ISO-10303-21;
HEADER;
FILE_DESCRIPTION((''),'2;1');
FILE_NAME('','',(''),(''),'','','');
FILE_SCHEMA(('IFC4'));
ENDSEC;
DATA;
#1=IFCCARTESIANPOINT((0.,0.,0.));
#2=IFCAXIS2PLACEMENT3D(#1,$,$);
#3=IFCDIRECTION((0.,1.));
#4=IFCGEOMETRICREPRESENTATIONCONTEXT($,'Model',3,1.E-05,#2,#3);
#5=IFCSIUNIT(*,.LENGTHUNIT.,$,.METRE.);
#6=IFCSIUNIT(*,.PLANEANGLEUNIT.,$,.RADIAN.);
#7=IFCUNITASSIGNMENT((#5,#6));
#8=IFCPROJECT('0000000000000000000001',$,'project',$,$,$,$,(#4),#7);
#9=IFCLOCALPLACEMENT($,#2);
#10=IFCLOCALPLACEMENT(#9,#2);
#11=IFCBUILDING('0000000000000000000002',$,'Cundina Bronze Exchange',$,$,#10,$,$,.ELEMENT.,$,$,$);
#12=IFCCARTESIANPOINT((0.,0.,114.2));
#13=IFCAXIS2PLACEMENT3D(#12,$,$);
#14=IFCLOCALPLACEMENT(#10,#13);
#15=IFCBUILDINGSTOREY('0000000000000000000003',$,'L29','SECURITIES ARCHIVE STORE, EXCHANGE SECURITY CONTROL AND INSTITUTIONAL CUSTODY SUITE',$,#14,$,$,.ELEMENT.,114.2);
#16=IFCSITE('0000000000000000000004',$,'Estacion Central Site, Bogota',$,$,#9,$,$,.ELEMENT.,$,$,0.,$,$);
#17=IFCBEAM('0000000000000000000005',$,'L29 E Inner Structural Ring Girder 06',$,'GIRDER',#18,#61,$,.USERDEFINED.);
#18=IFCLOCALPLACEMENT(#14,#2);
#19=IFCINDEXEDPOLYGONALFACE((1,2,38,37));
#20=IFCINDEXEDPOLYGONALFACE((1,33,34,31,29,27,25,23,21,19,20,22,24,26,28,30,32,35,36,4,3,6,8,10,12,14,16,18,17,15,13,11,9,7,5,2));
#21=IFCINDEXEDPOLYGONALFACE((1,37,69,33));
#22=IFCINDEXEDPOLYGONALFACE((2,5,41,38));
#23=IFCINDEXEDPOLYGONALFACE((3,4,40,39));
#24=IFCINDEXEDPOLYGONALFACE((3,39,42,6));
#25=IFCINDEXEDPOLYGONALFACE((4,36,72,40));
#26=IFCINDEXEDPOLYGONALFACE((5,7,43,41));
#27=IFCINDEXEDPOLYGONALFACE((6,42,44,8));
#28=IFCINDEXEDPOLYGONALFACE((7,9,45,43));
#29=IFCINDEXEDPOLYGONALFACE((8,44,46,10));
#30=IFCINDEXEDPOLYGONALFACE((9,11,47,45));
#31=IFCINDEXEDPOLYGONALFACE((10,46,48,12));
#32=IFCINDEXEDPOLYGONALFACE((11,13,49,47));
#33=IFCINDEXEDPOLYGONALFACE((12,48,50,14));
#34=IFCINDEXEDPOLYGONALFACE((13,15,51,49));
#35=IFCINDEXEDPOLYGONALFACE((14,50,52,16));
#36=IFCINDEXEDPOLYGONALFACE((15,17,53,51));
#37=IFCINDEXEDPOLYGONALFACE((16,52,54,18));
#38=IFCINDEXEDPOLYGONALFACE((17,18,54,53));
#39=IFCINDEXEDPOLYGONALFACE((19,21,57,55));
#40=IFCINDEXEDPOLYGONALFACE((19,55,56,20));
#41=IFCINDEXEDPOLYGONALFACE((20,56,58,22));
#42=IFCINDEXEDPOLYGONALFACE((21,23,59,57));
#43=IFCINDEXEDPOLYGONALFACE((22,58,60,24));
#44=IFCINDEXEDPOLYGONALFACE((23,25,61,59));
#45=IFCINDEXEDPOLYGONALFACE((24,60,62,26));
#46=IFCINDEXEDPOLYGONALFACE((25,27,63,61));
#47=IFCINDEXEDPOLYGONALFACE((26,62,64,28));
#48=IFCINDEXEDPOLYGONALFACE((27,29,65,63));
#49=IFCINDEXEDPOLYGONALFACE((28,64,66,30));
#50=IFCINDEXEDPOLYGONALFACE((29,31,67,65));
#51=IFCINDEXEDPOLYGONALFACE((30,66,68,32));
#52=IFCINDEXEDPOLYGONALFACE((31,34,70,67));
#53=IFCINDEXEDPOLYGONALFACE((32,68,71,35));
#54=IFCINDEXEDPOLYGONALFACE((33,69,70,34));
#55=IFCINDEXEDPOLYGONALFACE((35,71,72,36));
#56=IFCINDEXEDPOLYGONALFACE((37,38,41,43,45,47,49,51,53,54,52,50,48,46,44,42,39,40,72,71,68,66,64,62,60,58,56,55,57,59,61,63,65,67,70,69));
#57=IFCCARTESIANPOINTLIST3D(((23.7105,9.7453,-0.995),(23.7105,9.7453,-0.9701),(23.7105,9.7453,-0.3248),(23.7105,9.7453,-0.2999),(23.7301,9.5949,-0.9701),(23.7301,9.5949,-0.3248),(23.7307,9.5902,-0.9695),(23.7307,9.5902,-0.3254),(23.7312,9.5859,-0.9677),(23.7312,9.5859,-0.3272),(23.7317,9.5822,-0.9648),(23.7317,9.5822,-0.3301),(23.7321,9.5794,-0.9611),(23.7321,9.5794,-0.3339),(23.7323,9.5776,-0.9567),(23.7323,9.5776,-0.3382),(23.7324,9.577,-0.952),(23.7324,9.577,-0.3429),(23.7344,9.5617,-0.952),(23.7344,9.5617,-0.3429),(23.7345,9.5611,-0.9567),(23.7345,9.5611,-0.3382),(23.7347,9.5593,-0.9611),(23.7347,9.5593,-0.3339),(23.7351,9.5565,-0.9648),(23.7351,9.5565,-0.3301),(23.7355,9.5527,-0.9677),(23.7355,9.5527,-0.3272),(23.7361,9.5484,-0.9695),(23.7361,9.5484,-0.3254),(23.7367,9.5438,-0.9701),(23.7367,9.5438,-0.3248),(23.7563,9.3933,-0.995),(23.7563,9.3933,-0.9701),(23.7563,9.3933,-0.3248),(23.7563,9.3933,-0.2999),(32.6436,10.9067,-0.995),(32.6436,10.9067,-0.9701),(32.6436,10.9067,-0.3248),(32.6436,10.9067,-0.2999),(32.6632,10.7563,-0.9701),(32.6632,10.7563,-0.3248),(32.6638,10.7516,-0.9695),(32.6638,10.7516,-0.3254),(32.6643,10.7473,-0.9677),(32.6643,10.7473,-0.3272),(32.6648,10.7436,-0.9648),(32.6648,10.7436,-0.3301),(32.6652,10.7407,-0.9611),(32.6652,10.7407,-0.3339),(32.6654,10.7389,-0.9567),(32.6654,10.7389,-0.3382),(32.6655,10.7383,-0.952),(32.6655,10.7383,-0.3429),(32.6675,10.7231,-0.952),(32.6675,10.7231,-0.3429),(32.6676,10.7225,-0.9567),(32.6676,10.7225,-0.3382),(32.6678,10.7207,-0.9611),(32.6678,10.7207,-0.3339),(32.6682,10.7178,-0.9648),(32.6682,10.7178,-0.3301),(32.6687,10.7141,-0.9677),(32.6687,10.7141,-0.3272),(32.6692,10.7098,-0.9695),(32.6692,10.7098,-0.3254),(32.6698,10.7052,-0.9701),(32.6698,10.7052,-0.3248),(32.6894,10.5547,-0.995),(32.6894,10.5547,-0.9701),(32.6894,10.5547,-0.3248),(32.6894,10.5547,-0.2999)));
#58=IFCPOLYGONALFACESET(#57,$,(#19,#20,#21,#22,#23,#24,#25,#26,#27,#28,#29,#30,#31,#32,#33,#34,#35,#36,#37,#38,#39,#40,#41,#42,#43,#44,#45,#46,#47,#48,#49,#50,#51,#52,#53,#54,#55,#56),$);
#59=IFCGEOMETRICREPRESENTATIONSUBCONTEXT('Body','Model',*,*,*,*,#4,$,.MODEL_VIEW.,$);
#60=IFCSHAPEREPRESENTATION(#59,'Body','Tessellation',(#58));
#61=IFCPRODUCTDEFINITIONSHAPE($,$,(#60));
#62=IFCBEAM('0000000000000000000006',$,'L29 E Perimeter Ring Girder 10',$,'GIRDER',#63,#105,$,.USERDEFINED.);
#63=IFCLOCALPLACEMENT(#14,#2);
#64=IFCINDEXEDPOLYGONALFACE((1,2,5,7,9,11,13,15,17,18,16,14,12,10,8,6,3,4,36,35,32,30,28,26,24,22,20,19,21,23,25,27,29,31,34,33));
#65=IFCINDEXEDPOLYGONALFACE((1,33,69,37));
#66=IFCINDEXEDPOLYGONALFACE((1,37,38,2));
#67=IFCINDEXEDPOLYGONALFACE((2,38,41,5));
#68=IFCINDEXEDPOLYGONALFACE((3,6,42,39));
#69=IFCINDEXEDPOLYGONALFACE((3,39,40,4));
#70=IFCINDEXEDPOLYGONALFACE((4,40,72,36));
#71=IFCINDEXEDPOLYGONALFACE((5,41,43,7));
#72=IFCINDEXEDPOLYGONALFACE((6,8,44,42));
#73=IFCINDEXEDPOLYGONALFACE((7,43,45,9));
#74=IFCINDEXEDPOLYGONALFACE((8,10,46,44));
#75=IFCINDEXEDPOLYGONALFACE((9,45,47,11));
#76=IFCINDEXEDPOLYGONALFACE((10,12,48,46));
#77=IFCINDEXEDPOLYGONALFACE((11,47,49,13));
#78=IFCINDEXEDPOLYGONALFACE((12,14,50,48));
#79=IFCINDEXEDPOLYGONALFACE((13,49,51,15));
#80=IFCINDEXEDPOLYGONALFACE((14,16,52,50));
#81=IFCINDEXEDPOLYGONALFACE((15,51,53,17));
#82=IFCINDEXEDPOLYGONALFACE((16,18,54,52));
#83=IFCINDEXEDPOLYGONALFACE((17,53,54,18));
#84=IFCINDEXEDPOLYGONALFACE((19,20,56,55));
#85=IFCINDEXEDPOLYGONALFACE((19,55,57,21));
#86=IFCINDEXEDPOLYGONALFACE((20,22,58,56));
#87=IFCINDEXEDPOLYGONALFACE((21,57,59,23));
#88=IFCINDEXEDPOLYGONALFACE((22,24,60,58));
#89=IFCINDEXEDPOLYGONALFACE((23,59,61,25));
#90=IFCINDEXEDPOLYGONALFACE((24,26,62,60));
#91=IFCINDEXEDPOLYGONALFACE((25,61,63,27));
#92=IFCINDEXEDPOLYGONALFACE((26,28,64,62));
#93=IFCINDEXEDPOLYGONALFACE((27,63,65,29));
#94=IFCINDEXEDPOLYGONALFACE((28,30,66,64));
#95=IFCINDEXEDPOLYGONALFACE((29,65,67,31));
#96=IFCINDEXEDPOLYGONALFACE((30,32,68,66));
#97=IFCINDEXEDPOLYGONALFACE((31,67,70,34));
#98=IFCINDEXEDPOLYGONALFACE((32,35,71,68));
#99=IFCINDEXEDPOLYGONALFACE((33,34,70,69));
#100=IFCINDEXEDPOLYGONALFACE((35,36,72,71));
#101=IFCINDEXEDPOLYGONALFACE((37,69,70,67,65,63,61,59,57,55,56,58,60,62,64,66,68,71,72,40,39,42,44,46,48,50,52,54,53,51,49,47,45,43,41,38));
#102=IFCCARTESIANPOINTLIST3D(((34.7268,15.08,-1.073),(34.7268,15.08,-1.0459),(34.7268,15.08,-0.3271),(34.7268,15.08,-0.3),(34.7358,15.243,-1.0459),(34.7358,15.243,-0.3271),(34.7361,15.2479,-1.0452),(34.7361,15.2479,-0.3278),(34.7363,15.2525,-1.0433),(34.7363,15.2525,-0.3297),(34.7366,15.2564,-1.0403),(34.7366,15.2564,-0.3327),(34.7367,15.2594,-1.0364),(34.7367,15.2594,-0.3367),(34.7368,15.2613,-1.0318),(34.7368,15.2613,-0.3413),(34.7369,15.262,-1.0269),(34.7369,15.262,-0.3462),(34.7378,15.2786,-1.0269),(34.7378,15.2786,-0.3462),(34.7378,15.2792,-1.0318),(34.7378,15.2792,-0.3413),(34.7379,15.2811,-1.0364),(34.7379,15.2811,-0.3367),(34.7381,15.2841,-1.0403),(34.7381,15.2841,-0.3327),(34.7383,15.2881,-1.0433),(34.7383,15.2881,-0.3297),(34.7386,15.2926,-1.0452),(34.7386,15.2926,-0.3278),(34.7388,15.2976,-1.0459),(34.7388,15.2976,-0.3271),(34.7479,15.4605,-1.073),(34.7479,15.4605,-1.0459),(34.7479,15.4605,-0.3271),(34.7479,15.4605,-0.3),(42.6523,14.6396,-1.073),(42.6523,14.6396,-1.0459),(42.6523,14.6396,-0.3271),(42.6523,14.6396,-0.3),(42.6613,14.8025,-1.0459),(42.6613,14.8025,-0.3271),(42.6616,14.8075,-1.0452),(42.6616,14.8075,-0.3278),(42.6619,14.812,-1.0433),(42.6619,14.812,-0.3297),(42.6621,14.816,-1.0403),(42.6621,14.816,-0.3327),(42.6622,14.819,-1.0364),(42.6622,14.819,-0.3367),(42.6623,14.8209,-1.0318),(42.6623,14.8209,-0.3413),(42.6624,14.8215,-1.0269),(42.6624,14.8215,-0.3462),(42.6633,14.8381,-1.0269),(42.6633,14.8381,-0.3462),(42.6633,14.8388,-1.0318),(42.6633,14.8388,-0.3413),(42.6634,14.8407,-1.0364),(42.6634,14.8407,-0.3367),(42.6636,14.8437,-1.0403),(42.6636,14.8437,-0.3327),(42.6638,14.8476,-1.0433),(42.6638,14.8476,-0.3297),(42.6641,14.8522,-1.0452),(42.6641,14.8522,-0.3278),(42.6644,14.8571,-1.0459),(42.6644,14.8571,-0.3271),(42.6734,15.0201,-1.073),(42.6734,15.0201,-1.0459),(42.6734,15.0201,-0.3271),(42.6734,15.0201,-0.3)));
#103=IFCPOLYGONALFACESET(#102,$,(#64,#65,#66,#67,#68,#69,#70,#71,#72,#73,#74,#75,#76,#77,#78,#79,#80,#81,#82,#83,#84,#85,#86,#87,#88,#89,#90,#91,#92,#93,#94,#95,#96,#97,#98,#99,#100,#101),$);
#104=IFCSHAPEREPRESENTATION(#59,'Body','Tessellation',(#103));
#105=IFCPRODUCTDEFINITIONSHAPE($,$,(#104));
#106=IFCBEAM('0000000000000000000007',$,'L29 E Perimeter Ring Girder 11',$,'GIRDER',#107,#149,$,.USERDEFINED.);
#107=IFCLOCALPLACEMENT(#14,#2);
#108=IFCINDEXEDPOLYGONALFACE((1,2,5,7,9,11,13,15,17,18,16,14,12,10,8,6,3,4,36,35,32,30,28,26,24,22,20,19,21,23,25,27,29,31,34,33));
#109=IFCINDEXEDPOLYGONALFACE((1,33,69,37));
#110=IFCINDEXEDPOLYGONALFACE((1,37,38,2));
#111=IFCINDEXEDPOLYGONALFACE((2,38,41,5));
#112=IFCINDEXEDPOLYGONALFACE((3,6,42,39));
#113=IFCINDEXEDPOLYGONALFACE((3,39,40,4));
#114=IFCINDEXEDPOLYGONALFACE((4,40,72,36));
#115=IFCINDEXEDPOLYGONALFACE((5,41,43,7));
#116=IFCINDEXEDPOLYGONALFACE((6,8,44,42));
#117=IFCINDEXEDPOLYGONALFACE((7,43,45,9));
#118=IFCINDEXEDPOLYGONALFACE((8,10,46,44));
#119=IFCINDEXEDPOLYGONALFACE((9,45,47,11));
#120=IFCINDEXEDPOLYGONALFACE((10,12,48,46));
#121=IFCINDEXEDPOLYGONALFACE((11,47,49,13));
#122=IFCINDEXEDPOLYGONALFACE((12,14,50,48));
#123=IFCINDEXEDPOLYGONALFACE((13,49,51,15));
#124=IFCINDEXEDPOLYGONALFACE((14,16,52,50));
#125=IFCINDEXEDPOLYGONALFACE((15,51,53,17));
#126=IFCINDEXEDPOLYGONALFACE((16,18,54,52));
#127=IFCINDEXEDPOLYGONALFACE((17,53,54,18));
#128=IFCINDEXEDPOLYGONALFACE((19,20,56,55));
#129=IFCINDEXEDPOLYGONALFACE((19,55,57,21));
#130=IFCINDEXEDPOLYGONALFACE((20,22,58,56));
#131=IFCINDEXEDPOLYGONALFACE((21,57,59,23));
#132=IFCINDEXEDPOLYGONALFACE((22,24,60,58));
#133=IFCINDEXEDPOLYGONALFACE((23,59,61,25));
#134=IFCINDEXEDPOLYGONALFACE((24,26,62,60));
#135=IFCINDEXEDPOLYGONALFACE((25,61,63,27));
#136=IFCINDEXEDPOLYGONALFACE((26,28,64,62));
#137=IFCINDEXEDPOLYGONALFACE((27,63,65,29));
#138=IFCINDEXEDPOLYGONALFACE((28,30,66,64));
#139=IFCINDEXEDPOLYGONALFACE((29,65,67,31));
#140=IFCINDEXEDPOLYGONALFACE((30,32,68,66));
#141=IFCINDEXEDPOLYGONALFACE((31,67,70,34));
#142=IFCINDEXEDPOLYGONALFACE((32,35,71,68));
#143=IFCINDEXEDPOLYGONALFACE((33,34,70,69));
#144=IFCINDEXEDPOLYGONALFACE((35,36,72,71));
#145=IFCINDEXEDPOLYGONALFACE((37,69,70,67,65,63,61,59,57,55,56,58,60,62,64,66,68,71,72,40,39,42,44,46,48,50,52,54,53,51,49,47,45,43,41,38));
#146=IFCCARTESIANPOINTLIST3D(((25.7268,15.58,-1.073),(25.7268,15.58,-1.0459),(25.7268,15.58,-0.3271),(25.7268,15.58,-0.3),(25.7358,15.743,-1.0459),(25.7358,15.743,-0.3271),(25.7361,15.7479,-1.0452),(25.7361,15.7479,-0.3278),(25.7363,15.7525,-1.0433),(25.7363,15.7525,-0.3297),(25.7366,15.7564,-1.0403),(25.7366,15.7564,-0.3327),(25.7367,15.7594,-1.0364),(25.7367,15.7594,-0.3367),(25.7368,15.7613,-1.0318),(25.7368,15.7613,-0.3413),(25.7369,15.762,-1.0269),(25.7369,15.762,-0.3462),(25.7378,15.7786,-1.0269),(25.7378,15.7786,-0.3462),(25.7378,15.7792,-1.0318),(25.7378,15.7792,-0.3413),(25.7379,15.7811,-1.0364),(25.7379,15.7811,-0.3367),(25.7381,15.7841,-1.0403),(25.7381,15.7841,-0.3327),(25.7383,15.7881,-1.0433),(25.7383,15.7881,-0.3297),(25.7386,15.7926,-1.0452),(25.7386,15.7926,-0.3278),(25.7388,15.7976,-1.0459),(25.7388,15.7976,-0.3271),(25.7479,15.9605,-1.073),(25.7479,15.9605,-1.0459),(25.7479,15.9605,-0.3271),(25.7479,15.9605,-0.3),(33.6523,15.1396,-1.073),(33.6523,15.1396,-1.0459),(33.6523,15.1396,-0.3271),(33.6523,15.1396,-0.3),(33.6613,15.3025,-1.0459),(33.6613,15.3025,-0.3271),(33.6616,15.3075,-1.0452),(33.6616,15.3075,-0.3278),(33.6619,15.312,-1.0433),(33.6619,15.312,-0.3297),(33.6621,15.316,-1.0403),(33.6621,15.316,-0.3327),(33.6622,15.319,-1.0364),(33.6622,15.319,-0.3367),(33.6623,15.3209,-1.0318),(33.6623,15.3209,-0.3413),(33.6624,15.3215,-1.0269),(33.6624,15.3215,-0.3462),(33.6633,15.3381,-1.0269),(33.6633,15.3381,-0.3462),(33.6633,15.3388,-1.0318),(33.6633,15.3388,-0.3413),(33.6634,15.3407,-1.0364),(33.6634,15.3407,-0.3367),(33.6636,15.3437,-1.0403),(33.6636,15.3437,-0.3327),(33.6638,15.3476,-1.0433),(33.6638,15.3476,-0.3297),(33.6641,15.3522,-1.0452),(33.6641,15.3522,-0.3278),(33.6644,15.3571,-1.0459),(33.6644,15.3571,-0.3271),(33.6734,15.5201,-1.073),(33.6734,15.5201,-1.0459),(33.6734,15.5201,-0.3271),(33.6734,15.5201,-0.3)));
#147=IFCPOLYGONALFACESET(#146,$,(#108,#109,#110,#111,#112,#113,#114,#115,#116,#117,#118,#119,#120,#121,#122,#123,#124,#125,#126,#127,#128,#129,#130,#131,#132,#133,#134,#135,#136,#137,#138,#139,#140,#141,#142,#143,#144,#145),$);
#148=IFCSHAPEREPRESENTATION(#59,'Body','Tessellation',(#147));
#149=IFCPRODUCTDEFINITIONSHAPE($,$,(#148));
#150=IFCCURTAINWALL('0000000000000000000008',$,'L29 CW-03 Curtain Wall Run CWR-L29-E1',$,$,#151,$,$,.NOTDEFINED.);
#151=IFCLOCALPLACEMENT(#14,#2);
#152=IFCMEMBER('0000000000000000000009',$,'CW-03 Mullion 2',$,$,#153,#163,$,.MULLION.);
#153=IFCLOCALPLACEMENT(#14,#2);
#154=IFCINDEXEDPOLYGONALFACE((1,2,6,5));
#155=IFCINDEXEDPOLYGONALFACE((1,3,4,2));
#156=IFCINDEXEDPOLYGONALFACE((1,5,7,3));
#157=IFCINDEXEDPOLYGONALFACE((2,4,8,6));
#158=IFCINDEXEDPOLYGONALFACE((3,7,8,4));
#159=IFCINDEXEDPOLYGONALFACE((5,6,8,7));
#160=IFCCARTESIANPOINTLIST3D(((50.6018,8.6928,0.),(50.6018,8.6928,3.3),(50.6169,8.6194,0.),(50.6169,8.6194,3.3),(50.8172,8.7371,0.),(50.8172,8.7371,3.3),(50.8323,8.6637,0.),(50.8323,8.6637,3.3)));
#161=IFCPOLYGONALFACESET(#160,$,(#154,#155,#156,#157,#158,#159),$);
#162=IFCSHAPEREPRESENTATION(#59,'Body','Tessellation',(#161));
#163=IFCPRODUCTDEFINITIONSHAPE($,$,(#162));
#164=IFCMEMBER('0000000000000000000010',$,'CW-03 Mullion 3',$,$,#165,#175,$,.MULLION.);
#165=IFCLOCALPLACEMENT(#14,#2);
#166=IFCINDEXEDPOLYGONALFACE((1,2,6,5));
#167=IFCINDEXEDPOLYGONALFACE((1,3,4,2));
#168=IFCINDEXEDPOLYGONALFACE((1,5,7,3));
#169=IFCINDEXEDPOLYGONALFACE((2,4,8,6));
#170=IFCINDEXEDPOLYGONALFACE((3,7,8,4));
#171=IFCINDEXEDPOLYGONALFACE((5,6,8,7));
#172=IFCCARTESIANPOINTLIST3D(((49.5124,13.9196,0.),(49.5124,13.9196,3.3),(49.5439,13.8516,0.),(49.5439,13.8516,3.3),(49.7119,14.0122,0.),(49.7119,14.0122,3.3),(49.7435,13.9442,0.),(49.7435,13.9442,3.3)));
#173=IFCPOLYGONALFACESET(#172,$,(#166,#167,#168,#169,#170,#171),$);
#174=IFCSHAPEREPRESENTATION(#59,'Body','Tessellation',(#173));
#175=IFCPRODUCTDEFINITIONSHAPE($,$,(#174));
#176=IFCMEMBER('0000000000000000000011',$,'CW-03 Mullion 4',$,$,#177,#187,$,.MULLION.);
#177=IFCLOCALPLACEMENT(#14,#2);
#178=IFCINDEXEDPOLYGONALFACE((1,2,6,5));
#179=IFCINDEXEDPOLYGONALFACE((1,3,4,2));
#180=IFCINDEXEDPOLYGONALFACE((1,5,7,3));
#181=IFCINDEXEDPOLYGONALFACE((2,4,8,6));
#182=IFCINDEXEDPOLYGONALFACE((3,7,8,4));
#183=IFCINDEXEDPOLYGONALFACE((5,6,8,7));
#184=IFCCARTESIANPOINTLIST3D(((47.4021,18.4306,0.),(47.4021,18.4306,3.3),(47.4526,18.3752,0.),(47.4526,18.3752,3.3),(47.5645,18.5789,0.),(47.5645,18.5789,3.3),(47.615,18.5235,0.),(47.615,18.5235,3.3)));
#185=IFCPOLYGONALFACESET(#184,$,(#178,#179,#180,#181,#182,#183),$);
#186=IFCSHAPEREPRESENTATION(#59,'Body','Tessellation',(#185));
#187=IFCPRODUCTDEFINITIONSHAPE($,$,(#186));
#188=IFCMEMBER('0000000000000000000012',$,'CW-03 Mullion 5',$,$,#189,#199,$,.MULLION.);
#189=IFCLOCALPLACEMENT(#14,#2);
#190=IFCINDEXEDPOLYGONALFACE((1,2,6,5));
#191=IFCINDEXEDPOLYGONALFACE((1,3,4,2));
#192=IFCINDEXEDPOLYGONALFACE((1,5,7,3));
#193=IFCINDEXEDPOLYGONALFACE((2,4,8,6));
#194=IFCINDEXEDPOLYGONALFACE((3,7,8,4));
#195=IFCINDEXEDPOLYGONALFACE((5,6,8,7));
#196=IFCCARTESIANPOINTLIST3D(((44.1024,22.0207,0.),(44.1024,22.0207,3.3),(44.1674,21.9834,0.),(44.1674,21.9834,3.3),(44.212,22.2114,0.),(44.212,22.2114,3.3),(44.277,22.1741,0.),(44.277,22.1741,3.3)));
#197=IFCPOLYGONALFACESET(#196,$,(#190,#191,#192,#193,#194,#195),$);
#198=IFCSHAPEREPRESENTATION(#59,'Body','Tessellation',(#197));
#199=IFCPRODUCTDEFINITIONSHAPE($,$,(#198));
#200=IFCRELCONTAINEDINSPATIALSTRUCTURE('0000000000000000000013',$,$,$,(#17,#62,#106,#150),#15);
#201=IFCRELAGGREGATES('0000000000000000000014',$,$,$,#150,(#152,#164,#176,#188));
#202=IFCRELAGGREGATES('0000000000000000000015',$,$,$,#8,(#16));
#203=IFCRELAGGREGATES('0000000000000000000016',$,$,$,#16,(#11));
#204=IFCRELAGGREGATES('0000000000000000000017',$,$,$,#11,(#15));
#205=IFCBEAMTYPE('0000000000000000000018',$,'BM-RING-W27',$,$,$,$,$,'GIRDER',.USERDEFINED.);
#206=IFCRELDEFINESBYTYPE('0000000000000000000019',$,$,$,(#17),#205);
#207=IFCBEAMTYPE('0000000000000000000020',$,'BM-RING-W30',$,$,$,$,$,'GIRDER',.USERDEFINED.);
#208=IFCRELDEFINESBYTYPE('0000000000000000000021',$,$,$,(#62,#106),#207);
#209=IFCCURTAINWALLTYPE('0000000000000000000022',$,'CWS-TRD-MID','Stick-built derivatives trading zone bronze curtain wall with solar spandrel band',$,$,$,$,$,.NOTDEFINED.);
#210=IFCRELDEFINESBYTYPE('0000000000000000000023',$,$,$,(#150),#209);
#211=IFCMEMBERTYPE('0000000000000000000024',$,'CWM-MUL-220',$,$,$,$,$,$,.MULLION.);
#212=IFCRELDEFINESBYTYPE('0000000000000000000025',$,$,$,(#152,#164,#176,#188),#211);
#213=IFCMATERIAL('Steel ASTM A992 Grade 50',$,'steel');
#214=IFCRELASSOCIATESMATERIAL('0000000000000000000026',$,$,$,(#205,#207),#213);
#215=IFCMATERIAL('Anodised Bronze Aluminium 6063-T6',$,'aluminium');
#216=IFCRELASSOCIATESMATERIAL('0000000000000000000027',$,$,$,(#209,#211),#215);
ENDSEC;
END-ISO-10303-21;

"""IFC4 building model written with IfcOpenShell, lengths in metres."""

from ifc_helpers import new_model, si_unit, direction, frame, origin, origin_2d, place, context, subcontext, project, spatial, rectangle, i_section, extrude, material, material_profile, profile_set, type_object, element, aggregate, save


model = new_model("IFC4")

# Units and contexts
model_context = context("Model", 3, precision=1e-05, world=origin(), true_north=direction((0.0, 1.0)))
body_context = subcontext(model_context, "Body", "Model", "MODEL_VIEW")
ifc_project = project(units=[si_unit("LENGTHUNIT", "METRE"), si_unit("PLANEANGLEUNIT", "RADIAN")], contexts=[model_context])

# Site, building, storey
site_placement = place(None, origin())
site = spatial("IfcSite", under=ifc_project, at=site_placement, Name="Estacion Central Site, Bogota", CompositionType="ELEMENT", RefElevation=0.0)
building_placement = place(site_placement, origin())
building = spatial("IfcBuilding", under=site, at=building_placement, Name="Cundina Bronze Exchange", CompositionType="ELEMENT")
storey_placement = place(building_placement, frame((0.0, 0.0, 114.2)))
storey = spatial("IfcBuildingStorey", under=building, at=storey_placement, Name="L29", Description="SECURITIES ARCHIVE STORE, EXCHANGE SECURITY CONTROL AND INSTITUTIONAL CUSTODY SUITE", CompositionType="ELEMENT", Elevation=114.2)

# Beams
ifc_material_1 = material(Name="Steel ASTM A992 Grade 50", Category="steel")
ifc_material_profile_1 = material_profile(ifc_material_1, i_section(OverallWidth=0.355, OverallDepth=0.6951, WebThickness=0.0154, FlangeThickness=0.0249, FilletRadius=0.0181, at=origin_2d()), Name="W27X146", Category="steel")
ifc_profile_set_1 = profile_set([ifc_material_profile_1], Name="Steel ASTM A992 Grade 50")
beam_type_1 = type_object("IfcBeamType", Name="BM-RING-W27", ElementType="GIRDER", PredefinedType="USERDEFINED", material=ifc_profile_set_1)
beam_1_placement = place(storey_placement, frame((32.6665, 10.7307, -0.6475), z_axis=(-0.991655, -0.128923, 0.0), x_axis=(0.128923, -0.991655, 0.0)))
element("IfcBeam", 1, at=beam_1_placement, inside=storey, type_object=beam_type_1, Name="L29 E Inner Structural Ring Girder 06", ObjectType="GIRDER", PredefinedType="USERDEFINED", context=body_context, shape_type="SweptSolid", body=[
    extrude(i_section(OverallWidth=0.355, OverallDepth=0.6951, WebThickness=0.0154, FlangeThickness=0.0249, FilletRadius=0.0181, at=origin_2d()), origin(), (0.0, 0.0, 1.0), 9.0083),
])
ifc_material_profile_2 = material_profile(ifc_material_1, i_section(OverallWidth=0.3811, OverallDepth=0.7729, WebThickness=0.0166, FlangeThickness=0.0271, FilletRadius=0.019, at=origin_2d()), Name="W30X173", Category="steel")
ifc_profile_set_2 = profile_set([ifc_material_profile_2], Name="Steel ASTM A992 Grade 50")
beam_type_2 = type_object("IfcBeamType", Name="BM-RING-W30", ElementType="GIRDER", PredefinedType="USERDEFINED", material=ifc_profile_set_2)
for number, where, z_axis, x_axis, name in (
    (2, (42.6628, 14.8298, -0.6865), (-0.99846, 0.055485, 0.0), (-0.055485, -0.99846, 0.0), "L29 E Perimeter Ring Girder 10"),
    (3, (33.6628, 15.3298, -0.6865), (-0.99846, 0.055485, 0.0), (-0.055485, -0.99846, 0.0), "L29 E Perimeter Ring Girder 11"),
):
    element("IfcBeam", number, at=place(storey_placement, frame(where, z_axis=z_axis, x_axis=x_axis)), inside=storey, type_object=beam_type_2, Name=name, ObjectType="GIRDER", PredefinedType="USERDEFINED", context=body_context, shape_type="SweptSolid", body=[
        extrude(i_section(OverallWidth=0.3811, OverallDepth=0.7729, WebThickness=0.0166, FlangeThickness=0.0271, FilletRadius=0.019, at=origin_2d()), origin(), (0.0, 0.0, 1.0), 7.9377),
    ])

# Curtain wall, members
ifc_material_2 = material(Name="Anodised Bronze Aluminium 6063-T6", Category="aluminium")
curtain_wall_type = type_object("IfcCurtainWallType", Name="CWS-TRD-MID", Description="Stick-built derivatives trading zone bronze curtain wall with solar spandrel band", PredefinedType="NOTDEFINED", material=ifc_material_2)
curtain_wall_placement = place(storey_placement, origin())
curtain_wall = element("IfcCurtainWall", 4, at=curtain_wall_placement, inside=storey, type_object=curtain_wall_type, Name="L29 CW-03 Curtain Wall Run CWR-L29-E1", PredefinedType="NOTDEFINED")
ifc_material_profile_3 = material_profile(ifc_material_2, rectangle(XDim=0.075, YDim=0.22, at=origin_2d()), Name="AL75X220", Category="aluminium")
ifc_profile_set_3 = profile_set([ifc_material_profile_3], Name="Anodised Bronze Aluminium 6063-T6")
member_type_1 = type_object("IfcMemberType", Name="CWM-MUL-220", PredefinedType="MULLION", material=ifc_profile_set_3)
member_1_placement = place(storey_placement, frame((50.717, 8.6782, 0.0), z_axis=(0.0, 0.0, 1.0), x_axis=(-0.20142, 0.979505, 0.0)))
member_1 = element("IfcMember", 5, at=member_1_placement, type_object=member_type_1, Name="CW-03 Mullion 2", PredefinedType="MULLION", context=body_context, shape_type="SweptSolid", body=[
    extrude(rectangle(XDim=0.075, YDim=0.22, at=origin_2d()), origin(), (0.0, 0.0, 1.0), 3.3),
])
member_2_placement = place(storey_placement, frame((49.6279, 13.9319, 0.0), z_axis=(0.0, 0.0, 1.0), x_axis=(-0.420877, 0.907117, 0.0)))
member_2 = element("IfcMember", 6, at=member_2_placement, type_object=member_type_1, Name="CW-03 Mullion 3", PredefinedType="MULLION", context=body_context, shape_type="SweptSolid", body=[
    extrude(rectangle(XDim=0.075, YDim=0.22, at=origin_2d()), origin(), (0.0, 0.0, 1.0), 3.3),
])
member_3_placement = place(storey_placement, frame((47.5085, 18.4771, 0.0), z_axis=(0.0, 0.0, 1.0), x_axis=(-0.674302, 0.738455, 0.0)))
member_3 = element("IfcMember", 7, at=member_3_placement, type_object=member_type_1, Name="CW-03 Mullion 4", PredefinedType="MULLION", context=body_context, shape_type="SweptSolid", body=[
    extrude(rectangle(XDim=0.075, YDim=0.22, at=origin_2d()), origin(), (0.0, 0.0, 1.0), 3.3),
])
member_4_placement = place(storey_placement, frame((44.1897, 22.0974, 0.0), z_axis=(0.0, 0.0, 1.0), x_axis=(-0.867071, 0.498185, 0.0)))
member_4 = element("IfcMember", 8, at=member_4_placement, type_object=member_type_1, Name="CW-03 Mullion 5", PredefinedType="MULLION", context=body_context, shape_type="SweptSolid", body=[
    extrude(rectangle(XDim=0.075, YDim=0.22, at=origin_2d()), origin(), (0.0, 0.0, 1.0), 3.3),
])
aggregate(curtain_wall, [member_1, member_2, member_3, member_4])

save(model, "model.ifc")
